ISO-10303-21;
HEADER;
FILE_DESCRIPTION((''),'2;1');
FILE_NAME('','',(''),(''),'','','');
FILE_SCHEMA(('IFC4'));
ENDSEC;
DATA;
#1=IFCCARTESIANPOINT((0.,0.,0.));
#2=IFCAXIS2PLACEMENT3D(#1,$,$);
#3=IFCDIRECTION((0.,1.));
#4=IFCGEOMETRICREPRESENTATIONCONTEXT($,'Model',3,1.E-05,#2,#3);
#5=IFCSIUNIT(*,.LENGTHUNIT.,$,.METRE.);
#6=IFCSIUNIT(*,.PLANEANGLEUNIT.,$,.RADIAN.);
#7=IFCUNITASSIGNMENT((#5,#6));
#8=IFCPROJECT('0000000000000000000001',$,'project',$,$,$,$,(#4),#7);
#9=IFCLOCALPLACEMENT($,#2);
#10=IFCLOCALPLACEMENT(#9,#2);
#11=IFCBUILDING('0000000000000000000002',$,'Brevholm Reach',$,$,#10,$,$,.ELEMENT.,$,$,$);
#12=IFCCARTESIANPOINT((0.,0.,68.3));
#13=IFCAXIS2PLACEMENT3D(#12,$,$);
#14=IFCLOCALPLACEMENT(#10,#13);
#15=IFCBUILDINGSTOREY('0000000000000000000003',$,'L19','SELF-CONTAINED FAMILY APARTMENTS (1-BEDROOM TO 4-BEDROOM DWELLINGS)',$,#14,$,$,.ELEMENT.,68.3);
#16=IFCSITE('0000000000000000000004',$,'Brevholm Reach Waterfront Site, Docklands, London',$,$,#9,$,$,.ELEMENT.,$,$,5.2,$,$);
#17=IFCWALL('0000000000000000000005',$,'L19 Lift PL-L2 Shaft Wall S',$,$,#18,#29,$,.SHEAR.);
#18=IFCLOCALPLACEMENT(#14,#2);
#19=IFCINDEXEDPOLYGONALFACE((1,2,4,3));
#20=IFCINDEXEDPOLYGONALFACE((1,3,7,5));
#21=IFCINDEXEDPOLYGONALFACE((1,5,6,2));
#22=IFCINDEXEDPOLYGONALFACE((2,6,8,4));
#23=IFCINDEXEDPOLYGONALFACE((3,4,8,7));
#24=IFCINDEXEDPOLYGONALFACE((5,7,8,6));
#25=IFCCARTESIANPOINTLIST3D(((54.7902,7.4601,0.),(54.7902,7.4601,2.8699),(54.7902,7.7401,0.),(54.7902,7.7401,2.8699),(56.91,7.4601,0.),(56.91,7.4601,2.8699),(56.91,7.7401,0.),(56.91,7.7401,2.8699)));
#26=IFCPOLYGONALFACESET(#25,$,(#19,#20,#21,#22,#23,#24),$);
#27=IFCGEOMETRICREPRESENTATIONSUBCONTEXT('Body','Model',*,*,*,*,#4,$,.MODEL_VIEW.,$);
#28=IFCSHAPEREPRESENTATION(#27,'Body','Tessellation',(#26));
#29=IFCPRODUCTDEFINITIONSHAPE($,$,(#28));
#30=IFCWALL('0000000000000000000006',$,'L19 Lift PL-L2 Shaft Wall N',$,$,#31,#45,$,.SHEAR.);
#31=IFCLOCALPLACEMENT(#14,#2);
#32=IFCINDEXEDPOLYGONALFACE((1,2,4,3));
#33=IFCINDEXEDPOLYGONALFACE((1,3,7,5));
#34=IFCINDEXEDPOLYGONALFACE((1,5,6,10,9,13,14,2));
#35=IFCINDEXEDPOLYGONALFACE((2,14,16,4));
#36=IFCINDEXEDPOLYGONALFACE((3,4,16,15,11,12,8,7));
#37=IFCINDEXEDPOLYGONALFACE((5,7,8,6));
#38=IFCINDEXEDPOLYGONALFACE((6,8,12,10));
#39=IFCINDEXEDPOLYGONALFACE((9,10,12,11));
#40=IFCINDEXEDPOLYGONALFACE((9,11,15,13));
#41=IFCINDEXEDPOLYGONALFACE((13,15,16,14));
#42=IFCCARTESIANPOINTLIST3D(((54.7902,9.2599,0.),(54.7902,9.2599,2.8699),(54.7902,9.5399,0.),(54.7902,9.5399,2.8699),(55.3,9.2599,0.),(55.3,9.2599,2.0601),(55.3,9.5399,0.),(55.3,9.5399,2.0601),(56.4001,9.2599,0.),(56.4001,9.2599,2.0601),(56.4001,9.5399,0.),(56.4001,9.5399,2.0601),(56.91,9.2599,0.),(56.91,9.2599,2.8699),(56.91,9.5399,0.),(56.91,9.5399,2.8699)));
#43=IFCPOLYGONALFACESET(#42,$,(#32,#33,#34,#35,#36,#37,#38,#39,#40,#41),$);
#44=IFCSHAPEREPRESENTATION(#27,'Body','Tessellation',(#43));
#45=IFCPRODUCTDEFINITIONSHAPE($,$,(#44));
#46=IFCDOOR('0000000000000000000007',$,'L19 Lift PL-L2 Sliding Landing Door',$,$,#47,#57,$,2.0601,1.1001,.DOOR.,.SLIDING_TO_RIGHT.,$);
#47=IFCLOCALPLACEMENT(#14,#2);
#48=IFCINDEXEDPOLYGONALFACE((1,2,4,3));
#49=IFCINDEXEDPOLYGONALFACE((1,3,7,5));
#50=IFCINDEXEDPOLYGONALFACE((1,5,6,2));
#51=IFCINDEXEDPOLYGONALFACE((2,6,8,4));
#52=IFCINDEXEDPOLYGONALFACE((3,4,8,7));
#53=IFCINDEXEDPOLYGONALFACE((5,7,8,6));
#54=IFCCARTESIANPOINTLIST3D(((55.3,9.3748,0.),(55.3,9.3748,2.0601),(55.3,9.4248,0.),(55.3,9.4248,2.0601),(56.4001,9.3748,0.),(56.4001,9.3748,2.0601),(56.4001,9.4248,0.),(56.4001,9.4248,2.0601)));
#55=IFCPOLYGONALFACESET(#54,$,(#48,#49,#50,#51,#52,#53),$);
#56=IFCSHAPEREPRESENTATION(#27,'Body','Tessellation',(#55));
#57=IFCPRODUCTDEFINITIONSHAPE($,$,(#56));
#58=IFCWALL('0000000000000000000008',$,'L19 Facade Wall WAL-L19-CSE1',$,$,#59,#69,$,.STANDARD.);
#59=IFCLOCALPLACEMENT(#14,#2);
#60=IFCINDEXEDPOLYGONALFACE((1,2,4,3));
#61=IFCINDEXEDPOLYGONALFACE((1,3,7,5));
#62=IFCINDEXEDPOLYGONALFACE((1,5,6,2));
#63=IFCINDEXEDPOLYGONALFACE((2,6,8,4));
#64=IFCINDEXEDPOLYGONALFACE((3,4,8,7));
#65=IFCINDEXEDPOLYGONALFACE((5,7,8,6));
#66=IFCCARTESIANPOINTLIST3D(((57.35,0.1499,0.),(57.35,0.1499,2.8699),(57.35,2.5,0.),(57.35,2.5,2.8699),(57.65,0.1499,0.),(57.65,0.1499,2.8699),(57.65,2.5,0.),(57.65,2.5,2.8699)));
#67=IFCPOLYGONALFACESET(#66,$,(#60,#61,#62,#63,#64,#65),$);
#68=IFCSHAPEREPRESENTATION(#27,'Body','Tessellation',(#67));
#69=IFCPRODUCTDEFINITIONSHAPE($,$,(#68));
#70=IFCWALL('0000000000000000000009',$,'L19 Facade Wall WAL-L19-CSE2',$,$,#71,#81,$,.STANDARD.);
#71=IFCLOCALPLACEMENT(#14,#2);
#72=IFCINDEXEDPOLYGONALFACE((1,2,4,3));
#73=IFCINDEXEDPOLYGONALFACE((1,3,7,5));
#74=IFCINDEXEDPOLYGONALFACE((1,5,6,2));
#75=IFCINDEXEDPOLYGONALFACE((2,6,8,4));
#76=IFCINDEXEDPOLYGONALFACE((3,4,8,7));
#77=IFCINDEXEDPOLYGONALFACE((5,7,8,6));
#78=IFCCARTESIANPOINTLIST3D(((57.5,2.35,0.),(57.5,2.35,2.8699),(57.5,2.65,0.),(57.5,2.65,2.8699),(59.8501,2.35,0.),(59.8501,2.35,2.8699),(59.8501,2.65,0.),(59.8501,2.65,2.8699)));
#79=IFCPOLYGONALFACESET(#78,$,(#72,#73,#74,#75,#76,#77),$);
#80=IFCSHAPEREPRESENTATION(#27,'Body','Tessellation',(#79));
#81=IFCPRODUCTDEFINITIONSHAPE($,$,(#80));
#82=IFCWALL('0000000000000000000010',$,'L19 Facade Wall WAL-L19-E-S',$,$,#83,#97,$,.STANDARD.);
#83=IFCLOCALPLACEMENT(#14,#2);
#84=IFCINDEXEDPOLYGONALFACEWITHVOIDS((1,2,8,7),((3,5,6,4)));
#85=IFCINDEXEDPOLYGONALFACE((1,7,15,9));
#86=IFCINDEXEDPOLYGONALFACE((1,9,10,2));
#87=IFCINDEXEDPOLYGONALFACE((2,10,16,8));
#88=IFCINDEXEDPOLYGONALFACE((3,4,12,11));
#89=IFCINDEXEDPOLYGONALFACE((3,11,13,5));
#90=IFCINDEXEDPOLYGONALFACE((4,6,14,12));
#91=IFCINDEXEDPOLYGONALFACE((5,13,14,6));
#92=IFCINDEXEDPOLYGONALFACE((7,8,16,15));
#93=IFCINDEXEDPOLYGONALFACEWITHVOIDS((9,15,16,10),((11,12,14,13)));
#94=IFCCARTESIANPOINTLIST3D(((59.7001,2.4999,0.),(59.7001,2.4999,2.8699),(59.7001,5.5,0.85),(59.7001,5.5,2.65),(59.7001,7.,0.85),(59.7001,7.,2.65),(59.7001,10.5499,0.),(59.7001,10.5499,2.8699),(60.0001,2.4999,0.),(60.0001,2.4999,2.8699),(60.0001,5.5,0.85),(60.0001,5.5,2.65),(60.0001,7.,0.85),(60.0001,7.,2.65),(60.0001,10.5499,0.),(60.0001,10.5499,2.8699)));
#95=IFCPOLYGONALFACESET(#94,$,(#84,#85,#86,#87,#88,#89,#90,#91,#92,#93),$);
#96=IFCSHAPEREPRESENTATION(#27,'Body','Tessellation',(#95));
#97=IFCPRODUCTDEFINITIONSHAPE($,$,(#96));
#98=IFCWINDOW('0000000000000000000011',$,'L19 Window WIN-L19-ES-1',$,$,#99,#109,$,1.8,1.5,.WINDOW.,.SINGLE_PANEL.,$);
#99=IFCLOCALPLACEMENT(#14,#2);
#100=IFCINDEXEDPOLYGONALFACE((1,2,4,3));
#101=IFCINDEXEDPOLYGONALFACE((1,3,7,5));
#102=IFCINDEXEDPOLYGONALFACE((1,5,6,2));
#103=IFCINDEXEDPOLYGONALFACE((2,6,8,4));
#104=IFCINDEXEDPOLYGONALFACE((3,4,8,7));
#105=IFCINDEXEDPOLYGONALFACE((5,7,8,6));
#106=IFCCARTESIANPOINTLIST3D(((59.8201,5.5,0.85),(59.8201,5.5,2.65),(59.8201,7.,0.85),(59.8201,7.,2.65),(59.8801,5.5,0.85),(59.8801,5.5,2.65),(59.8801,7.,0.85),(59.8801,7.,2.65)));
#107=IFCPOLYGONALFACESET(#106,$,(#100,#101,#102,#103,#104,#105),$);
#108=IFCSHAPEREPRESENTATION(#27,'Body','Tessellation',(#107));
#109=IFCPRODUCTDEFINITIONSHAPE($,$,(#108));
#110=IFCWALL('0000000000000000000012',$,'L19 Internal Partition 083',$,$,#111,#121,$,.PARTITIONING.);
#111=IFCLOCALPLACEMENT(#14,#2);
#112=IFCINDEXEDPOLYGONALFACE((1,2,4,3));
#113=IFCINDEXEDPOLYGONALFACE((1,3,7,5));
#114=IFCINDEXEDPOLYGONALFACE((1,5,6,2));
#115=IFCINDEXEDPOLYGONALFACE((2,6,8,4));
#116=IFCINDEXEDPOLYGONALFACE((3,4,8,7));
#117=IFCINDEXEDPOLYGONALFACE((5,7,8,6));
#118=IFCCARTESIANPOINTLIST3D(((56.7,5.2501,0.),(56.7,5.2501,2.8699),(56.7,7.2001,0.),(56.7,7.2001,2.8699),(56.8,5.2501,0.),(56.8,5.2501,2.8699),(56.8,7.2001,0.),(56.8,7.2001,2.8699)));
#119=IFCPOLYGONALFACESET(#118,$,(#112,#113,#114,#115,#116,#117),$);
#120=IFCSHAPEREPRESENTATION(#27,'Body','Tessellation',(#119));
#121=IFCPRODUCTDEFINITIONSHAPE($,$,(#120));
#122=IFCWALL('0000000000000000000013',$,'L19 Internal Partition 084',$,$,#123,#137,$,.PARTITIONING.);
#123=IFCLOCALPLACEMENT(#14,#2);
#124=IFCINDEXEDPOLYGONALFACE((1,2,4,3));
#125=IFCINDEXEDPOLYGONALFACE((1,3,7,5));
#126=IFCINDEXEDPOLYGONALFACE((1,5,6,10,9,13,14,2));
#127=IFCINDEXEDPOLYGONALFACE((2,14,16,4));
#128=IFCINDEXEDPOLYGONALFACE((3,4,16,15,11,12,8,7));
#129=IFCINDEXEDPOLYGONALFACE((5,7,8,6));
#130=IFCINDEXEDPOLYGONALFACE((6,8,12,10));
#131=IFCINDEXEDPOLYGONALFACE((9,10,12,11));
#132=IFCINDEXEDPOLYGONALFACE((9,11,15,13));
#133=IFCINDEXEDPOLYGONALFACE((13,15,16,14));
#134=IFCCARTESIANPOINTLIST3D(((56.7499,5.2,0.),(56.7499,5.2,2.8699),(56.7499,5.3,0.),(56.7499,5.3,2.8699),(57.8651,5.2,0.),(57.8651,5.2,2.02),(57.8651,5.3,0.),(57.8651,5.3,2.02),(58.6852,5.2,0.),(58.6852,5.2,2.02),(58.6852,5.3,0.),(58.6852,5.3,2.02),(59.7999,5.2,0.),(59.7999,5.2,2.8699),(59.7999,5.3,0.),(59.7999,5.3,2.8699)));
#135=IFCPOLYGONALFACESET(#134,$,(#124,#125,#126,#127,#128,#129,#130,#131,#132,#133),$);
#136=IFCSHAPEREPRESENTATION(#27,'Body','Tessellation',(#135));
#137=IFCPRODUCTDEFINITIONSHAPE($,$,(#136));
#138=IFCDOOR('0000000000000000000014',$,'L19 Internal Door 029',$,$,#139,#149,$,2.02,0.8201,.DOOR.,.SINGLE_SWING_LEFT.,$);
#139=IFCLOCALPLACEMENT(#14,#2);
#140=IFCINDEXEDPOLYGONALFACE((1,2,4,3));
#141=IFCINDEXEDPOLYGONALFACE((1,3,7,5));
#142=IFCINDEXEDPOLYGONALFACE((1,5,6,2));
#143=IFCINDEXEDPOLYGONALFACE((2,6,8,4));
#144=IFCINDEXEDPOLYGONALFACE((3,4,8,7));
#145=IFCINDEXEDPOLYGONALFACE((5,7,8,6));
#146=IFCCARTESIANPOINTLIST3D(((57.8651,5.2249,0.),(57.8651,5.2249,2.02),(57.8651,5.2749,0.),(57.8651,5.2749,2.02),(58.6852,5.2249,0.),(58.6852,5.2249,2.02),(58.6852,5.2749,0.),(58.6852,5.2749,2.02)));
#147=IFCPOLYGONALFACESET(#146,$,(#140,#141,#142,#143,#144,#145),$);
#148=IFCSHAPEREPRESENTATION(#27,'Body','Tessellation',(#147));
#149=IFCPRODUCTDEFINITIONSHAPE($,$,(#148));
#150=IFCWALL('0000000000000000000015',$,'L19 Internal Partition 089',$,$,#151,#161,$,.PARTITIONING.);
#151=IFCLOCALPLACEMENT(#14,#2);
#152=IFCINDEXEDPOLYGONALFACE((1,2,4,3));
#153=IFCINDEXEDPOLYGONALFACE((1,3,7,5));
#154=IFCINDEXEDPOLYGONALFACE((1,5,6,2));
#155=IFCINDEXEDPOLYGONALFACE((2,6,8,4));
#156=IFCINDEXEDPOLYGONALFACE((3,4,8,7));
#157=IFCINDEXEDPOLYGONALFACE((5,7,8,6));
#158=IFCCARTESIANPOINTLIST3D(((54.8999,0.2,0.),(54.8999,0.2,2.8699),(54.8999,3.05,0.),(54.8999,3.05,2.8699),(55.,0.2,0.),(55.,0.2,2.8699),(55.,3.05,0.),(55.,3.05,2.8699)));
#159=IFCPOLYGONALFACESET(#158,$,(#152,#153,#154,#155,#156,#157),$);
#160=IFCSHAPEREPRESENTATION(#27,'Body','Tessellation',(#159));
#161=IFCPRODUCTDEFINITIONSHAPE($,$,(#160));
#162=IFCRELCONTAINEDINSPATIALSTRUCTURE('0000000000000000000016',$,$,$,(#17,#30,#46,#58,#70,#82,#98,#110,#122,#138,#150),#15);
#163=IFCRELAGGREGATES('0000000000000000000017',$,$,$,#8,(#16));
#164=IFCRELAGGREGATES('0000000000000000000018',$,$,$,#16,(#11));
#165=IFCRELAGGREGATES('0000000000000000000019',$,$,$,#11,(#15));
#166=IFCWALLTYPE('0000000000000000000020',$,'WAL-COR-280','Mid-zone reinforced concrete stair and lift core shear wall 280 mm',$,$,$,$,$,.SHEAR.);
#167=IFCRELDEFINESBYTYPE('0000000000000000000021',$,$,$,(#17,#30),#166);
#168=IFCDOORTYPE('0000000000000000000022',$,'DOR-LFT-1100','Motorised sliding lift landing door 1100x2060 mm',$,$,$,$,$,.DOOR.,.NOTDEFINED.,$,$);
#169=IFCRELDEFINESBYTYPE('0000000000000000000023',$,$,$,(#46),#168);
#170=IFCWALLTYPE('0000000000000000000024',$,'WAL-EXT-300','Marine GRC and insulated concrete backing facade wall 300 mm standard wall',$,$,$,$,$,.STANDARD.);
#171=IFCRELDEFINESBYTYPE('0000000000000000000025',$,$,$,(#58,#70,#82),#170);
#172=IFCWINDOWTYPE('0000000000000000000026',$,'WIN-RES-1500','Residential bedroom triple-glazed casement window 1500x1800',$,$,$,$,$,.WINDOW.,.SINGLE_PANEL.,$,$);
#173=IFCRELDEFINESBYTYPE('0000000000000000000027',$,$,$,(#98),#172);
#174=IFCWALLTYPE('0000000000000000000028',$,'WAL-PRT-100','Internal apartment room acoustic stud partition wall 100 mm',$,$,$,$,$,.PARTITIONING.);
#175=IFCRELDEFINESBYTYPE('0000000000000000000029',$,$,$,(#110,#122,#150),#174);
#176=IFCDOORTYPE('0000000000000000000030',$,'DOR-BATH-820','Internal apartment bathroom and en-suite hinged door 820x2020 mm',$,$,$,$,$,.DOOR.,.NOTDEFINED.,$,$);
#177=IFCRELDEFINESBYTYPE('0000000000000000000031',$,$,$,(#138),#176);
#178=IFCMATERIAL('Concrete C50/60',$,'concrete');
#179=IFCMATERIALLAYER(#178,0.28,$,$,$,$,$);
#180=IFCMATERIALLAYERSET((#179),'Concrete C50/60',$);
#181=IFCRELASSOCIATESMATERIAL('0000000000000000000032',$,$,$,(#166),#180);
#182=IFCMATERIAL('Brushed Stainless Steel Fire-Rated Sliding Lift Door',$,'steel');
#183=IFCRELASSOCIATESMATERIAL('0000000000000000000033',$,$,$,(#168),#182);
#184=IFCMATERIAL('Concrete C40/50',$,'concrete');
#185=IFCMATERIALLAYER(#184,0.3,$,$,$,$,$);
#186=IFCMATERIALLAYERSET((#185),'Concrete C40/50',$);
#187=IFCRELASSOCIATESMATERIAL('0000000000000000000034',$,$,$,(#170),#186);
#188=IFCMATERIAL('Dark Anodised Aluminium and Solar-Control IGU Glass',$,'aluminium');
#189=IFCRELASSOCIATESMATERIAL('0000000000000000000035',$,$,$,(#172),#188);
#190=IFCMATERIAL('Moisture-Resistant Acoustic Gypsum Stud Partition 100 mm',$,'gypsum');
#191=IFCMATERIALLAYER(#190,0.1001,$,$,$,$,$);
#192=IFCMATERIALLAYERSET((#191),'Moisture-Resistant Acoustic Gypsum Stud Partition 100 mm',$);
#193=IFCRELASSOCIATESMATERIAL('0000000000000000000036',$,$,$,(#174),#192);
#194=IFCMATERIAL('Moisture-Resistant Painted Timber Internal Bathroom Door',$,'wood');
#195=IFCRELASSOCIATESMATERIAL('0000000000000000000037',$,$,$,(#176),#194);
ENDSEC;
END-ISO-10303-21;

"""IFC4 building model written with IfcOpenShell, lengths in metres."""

from ifc_helpers import new_model, si_unit, direction, frame, frame_2d, origin, place, context, subcontext, project, spatial, rectangle, extrude, material, layer, layer_set, type_object, element, fill, save


model = new_model("IFC4")

# Units and contexts
model_context = context("Model", 3, precision=1e-05, world=origin(), true_north=direction((0.0, 1.0)))
body_context = subcontext(model_context, "Body", "Model", "MODEL_VIEW")
ifc_project = project(units=[si_unit("LENGTHUNIT", "METRE"), si_unit("PLANEANGLEUNIT", "RADIAN")], contexts=[model_context])

# Site, building, storey
site_placement = place(None, origin())
site = spatial("IfcSite", under=ifc_project, at=site_placement, Name="Brevholm Reach Waterfront Site, Docklands, London", CompositionType="ELEMENT", RefElevation=5.2)
building_placement = place(site_placement, origin())
building = spatial("IfcBuilding", under=site, at=building_placement, Name="Brevholm Reach", CompositionType="ELEMENT")
storey_placement = place(building_placement, frame((0.0, 0.0, 68.3)))
storey = spatial("IfcBuildingStorey", under=building, at=storey_placement, Name="L19", Description="SELF-CONTAINED FAMILY APARTMENTS (1-BEDROOM TO 4-BEDROOM DWELLINGS)", CompositionType="ELEMENT", Elevation=68.3)

# Wall
ifc_material_1 = material(Name="Concrete C50/60", Category="concrete")
ifc_layer_1 = layer(ifc_material_1, 0.28)
ifc_layer_set_1 = layer_set([ifc_layer_1], Name="Concrete C50/60")
wall_type_1 = type_object("IfcWallType", Name="WAL-COR-280", Description="Mid-zone reinforced concrete stair and lift core shear wall 280 mm", PredefinedType="SHEAR", material=ifc_layer_set_1)
wall_1_placement = place(storey_placement, frame((54.79, 7.6001, 0.0), z_axis=(0.0, 0.0, 1.0), x_axis=(1.0, 0.0, 0.0)))
element("IfcWall", 1, at=wall_1_placement, inside=storey, type_object=wall_type_1, Name="L19 Lift PL-L2 Shaft Wall S", PredefinedType="SHEAR", context=body_context, shape_type="SweptSolid", body=[
    extrude(rectangle(XDim=2.1199, YDim=0.28, at=frame_2d((1.0601, 0.0))), origin(), (0.0, 0.0, 1.0), 2.8699),
])

# Wall, opening, door
wall_2_placement = place(storey_placement, frame((54.79, 9.3999, 0.0), z_axis=(0.0, 0.0, 1.0), x_axis=(1.0, 0.0, 0.0)))
wall_2 = element("IfcWall", 2, at=wall_2_placement, inside=storey, type_object=wall_type_1, Name="L19 Lift PL-L2 Shaft Wall N", PredefinedType="SHEAR", context=body_context, shape_type="SweptSolid", body=[
    extrude(rectangle(XDim=2.1199, YDim=0.28, at=frame_2d((1.0601, 0.0))), origin(), (0.0, 0.0, 1.0), 2.8699),
])
opening_1_placement = place(wall_2_placement, frame((0.51, 0.0, 0.0)))
opening_1 = element("IfcOpeningElement", 3, at=opening_1_placement, cuts=wall_2, PredefinedType="OPENING", context=body_context, shape_type="SweptSolid", body=[
    extrude(rectangle(XDim=1.1001, YDim=2.0601, at=frame_2d((0.55, 1.03))), frame((0.0, 0.1499, 0.0), z_axis=(0.0, -1.0, 0.0), x_axis=(1.0, 0.0, 0.0)), (0.0, 0.0, 1.0), 0.3),
])
ifc_material_2 = material(Name="Brushed Stainless Steel Fire-Rated Sliding Lift Door", Category="steel")
door_type_1 = type_object("IfcDoorType", Name="DOR-LFT-1100", Description="Motorised sliding lift landing door 1100x2060 mm", OperationType="NOTDEFINED", PredefinedType="DOOR", material=ifc_material_2)
door_1_placement = place(opening_1_placement, origin())
door_1 = element("IfcDoor", 4, at=door_1_placement, inside=storey, type_object=door_type_1, Name="L19 Lift PL-L2 Sliding Landing Door", OperationType="SLIDING_TO_RIGHT", OverallHeight=2.0601, OverallWidth=1.1001, PredefinedType="DOOR", context=body_context, shape_type="SweptSolid", body=[
    extrude(rectangle(XDim=1.1001, YDim=2.0601, at=frame_2d((0.55, 1.03))), frame((0.0, 0.0249, 0.0), z_axis=(0.0, -1.0, 0.0), x_axis=(1.0, 0.0, 0.0)), (0.0, 0.0, 1.0), 0.05),
])
fill(opening_1, door_1)

# Walls
ifc_material_3 = material(Name="Concrete C40/50", Category="concrete")
ifc_layer_2 = layer(ifc_material_3, 0.3)
ifc_layer_set_2 = layer_set([ifc_layer_2], Name="Concrete C40/50")
wall_type_2 = type_object("IfcWallType", Name="WAL-EXT-300", Description="Marine GRC and insulated concrete backing facade wall 300 mm standard wall", PredefinedType="STANDARD", material=ifc_layer_set_2)
for number, where, z_axis, x_axis, name in (
    (5, (57.5, 0.1499, 0.0), (0.0, 0.0, 1.0), (0.0, 1.0, 0.0), "L19 Facade Wall WAL-L19-CSE1"),
    (6, (57.5, 2.5, 0.0), (0.0, 0.0, 1.0), (1.0, 0.0, 0.0), "L19 Facade Wall WAL-L19-CSE2"),
):
    element("IfcWall", number, at=place(storey_placement, frame(where, z_axis=z_axis, x_axis=x_axis)), inside=storey, type_object=wall_type_2, Name=name, PredefinedType="STANDARD", context=body_context, shape_type="SweptSolid", body=[
        extrude(rectangle(XDim=2.3501, YDim=0.3, at=frame_2d((1.175, 0.0))), origin(), (0.0, 0.0, 1.0), 2.8699),
    ])

# Wall, opening, window
wall_3_placement = place(storey_placement, frame((59.8501, 2.5, 0.0), z_axis=(0.0, 0.0, 1.0), x_axis=(0.0, 1.0, 0.0)))
wall_3 = element("IfcWall", 7, at=wall_3_placement, inside=storey, type_object=wall_type_2, Name="L19 Facade Wall WAL-L19-E-S", PredefinedType="STANDARD", context=body_context, shape_type="SweptSolid", body=[
    extrude(rectangle(XDim=8.05, YDim=0.3, at=frame_2d((4.0249, 0.0))), origin(), (0.0, 0.0, 1.0), 2.8699),
])
opening_2_placement = place(wall_3_placement, frame((3.0, 0.0, 0.8501)))
opening_2 = element("IfcOpeningElement", 8, at=opening_2_placement, cuts=wall_3, PredefinedType="OPENING", context=body_context, shape_type="SweptSolid", body=[
    extrude(rectangle(XDim=1.5, YDim=1.8, at=frame_2d((0.75, 0.8999))), frame((0.0, 0.1599, 0.0), z_axis=(0.0, -1.0, 0.0), x_axis=(1.0, 0.0, 0.0)), (0.0, 0.0, 1.0), 0.3201),
])
ifc_material_4 = material(Name="Dark Anodised Aluminium and Solar-Control IGU Glass", Category="aluminium")
window_type = type_object("IfcWindowType", Name="WIN-RES-1500", Description="Residential bedroom triple-glazed casement window 1500x1800", PartitioningType="SINGLE_PANEL", PredefinedType="WINDOW", material=ifc_material_4)
window_placement = place(opening_2_placement, origin())
window = element("IfcWindow", 9, at=window_placement, inside=storey, type_object=window_type, Name="L19 Window WIN-L19-ES-1", OverallHeight=1.8, OverallWidth=1.5, PartitioningType="SINGLE_PANEL", PredefinedType="WINDOW", context=body_context, shape_type="SweptSolid", body=[
    extrude(rectangle(XDim=1.5, YDim=1.8, at=frame_2d((0.75, 0.8999))), frame((0.0, 0.03, 0.0), z_axis=(0.0, -1.0, 0.0), x_axis=(1.0, 0.0, 0.0)), (0.0, 0.0, 1.0), 0.0601),
])
fill(opening_2, window)

# Wall
ifc_material_5 = material(Name="Moisture-Resistant Acoustic Gypsum Stud Partition 100 mm", Category="gypsum")
ifc_layer_3 = layer(ifc_material_5, 0.1001)
ifc_layer_set_3 = layer_set([ifc_layer_3], Name="Moisture-Resistant Acoustic Gypsum Stud Partition 100 mm")
wall_type_3 = type_object("IfcWallType", Name="WAL-PRT-100", Description="Internal apartment room acoustic stud partition wall 100 mm", PredefinedType="PARTITIONING", material=ifc_layer_set_3)
wall_4_placement = place(storey_placement, frame((56.75, 5.25, 0.0), z_axis=(0.0, 0.0, 1.0), x_axis=(0.0, 1.0, 0.0)))
element("IfcWall", 10, at=wall_4_placement, inside=storey, type_object=wall_type_3, Name="L19 Internal Partition 083", PredefinedType="PARTITIONING", context=body_context, shape_type="SweptSolid", body=[
    extrude(rectangle(XDim=1.95, YDim=0.1001, at=frame_2d((0.9751, 0.0))), origin(), (0.0, 0.0, 1.0), 2.8699),
])

# Wall, opening, door
wall_5_placement = place(storey_placement, frame((56.75, 5.25, 0.0), z_axis=(0.0, 0.0, 1.0), x_axis=(1.0, 0.0, 0.0)))
wall_5 = element("IfcWall", 11, at=wall_5_placement, inside=storey, type_object=wall_type_3, Name="L19 Internal Partition 084", PredefinedType="PARTITIONING", context=body_context, shape_type="SweptSolid", body=[
    extrude(rectangle(XDim=3.05, YDim=0.1001, at=frame_2d((1.5249, 0.0))), origin(), (0.0, 0.0, 1.0), 2.8699),
])
opening_3_placement = place(wall_5_placement, frame((1.115, 0.0, 0.0)))
opening_3 = element("IfcOpeningElement", 12, at=opening_3_placement, cuts=wall_5, PredefinedType="OPENING", context=body_context, shape_type="SweptSolid", body=[
    extrude(rectangle(XDim=0.8201, YDim=2.02, at=frame_2d((0.4102, 1.01))), frame((0.0, 0.0601, 0.0), z_axis=(0.0, -1.0, 0.0), x_axis=(1.0, 0.0, 0.0)), (0.0, 0.0, 1.0), 0.1201),
])
ifc_material_6 = material(Name="Moisture-Resistant Painted Timber Internal Bathroom Door", Category="wood")
door_type_2 = type_object("IfcDoorType", Name="DOR-BATH-820", Description="Internal apartment bathroom and en-suite hinged door 820x2020 mm", OperationType="NOTDEFINED", PredefinedType="DOOR", material=ifc_material_6)
door_2_placement = place(opening_3_placement, origin())
door_2 = element("IfcDoor", 13, at=door_2_placement, inside=storey, type_object=door_type_2, Name="L19 Internal Door 029", OperationType="SINGLE_SWING_LEFT", OverallHeight=2.02, OverallWidth=0.8201, PredefinedType="DOOR", context=body_context, shape_type="SweptSolid", body=[
    extrude(rectangle(XDim=0.8201, YDim=2.02, at=frame_2d((0.4102, 1.01))), frame((0.0, 0.0249, 0.0), z_axis=(0.0, -1.0, 0.0), x_axis=(1.0, 0.0, 0.0)), (0.0, 0.0, 1.0), 0.05),
])
fill(opening_3, door_2)

# Wall
wall_6_placement = place(storey_placement, frame((54.95, 0.2, 0.0), z_axis=(0.0, 0.0, 1.0), x_axis=(0.0, 1.0, 0.0)))
element("IfcWall", 14, at=wall_6_placement, inside=storey, type_object=wall_type_3, Name="L19 Internal Partition 089", PredefinedType="PARTITIONING", context=body_context, shape_type="SweptSolid", body=[
    extrude(rectangle(XDim=2.8501, YDim=0.1001, at=frame_2d((1.425, 0.0))), origin(), (0.0, 0.0, 1.0), 2.8699),
])

save(model, "model.ifc")
